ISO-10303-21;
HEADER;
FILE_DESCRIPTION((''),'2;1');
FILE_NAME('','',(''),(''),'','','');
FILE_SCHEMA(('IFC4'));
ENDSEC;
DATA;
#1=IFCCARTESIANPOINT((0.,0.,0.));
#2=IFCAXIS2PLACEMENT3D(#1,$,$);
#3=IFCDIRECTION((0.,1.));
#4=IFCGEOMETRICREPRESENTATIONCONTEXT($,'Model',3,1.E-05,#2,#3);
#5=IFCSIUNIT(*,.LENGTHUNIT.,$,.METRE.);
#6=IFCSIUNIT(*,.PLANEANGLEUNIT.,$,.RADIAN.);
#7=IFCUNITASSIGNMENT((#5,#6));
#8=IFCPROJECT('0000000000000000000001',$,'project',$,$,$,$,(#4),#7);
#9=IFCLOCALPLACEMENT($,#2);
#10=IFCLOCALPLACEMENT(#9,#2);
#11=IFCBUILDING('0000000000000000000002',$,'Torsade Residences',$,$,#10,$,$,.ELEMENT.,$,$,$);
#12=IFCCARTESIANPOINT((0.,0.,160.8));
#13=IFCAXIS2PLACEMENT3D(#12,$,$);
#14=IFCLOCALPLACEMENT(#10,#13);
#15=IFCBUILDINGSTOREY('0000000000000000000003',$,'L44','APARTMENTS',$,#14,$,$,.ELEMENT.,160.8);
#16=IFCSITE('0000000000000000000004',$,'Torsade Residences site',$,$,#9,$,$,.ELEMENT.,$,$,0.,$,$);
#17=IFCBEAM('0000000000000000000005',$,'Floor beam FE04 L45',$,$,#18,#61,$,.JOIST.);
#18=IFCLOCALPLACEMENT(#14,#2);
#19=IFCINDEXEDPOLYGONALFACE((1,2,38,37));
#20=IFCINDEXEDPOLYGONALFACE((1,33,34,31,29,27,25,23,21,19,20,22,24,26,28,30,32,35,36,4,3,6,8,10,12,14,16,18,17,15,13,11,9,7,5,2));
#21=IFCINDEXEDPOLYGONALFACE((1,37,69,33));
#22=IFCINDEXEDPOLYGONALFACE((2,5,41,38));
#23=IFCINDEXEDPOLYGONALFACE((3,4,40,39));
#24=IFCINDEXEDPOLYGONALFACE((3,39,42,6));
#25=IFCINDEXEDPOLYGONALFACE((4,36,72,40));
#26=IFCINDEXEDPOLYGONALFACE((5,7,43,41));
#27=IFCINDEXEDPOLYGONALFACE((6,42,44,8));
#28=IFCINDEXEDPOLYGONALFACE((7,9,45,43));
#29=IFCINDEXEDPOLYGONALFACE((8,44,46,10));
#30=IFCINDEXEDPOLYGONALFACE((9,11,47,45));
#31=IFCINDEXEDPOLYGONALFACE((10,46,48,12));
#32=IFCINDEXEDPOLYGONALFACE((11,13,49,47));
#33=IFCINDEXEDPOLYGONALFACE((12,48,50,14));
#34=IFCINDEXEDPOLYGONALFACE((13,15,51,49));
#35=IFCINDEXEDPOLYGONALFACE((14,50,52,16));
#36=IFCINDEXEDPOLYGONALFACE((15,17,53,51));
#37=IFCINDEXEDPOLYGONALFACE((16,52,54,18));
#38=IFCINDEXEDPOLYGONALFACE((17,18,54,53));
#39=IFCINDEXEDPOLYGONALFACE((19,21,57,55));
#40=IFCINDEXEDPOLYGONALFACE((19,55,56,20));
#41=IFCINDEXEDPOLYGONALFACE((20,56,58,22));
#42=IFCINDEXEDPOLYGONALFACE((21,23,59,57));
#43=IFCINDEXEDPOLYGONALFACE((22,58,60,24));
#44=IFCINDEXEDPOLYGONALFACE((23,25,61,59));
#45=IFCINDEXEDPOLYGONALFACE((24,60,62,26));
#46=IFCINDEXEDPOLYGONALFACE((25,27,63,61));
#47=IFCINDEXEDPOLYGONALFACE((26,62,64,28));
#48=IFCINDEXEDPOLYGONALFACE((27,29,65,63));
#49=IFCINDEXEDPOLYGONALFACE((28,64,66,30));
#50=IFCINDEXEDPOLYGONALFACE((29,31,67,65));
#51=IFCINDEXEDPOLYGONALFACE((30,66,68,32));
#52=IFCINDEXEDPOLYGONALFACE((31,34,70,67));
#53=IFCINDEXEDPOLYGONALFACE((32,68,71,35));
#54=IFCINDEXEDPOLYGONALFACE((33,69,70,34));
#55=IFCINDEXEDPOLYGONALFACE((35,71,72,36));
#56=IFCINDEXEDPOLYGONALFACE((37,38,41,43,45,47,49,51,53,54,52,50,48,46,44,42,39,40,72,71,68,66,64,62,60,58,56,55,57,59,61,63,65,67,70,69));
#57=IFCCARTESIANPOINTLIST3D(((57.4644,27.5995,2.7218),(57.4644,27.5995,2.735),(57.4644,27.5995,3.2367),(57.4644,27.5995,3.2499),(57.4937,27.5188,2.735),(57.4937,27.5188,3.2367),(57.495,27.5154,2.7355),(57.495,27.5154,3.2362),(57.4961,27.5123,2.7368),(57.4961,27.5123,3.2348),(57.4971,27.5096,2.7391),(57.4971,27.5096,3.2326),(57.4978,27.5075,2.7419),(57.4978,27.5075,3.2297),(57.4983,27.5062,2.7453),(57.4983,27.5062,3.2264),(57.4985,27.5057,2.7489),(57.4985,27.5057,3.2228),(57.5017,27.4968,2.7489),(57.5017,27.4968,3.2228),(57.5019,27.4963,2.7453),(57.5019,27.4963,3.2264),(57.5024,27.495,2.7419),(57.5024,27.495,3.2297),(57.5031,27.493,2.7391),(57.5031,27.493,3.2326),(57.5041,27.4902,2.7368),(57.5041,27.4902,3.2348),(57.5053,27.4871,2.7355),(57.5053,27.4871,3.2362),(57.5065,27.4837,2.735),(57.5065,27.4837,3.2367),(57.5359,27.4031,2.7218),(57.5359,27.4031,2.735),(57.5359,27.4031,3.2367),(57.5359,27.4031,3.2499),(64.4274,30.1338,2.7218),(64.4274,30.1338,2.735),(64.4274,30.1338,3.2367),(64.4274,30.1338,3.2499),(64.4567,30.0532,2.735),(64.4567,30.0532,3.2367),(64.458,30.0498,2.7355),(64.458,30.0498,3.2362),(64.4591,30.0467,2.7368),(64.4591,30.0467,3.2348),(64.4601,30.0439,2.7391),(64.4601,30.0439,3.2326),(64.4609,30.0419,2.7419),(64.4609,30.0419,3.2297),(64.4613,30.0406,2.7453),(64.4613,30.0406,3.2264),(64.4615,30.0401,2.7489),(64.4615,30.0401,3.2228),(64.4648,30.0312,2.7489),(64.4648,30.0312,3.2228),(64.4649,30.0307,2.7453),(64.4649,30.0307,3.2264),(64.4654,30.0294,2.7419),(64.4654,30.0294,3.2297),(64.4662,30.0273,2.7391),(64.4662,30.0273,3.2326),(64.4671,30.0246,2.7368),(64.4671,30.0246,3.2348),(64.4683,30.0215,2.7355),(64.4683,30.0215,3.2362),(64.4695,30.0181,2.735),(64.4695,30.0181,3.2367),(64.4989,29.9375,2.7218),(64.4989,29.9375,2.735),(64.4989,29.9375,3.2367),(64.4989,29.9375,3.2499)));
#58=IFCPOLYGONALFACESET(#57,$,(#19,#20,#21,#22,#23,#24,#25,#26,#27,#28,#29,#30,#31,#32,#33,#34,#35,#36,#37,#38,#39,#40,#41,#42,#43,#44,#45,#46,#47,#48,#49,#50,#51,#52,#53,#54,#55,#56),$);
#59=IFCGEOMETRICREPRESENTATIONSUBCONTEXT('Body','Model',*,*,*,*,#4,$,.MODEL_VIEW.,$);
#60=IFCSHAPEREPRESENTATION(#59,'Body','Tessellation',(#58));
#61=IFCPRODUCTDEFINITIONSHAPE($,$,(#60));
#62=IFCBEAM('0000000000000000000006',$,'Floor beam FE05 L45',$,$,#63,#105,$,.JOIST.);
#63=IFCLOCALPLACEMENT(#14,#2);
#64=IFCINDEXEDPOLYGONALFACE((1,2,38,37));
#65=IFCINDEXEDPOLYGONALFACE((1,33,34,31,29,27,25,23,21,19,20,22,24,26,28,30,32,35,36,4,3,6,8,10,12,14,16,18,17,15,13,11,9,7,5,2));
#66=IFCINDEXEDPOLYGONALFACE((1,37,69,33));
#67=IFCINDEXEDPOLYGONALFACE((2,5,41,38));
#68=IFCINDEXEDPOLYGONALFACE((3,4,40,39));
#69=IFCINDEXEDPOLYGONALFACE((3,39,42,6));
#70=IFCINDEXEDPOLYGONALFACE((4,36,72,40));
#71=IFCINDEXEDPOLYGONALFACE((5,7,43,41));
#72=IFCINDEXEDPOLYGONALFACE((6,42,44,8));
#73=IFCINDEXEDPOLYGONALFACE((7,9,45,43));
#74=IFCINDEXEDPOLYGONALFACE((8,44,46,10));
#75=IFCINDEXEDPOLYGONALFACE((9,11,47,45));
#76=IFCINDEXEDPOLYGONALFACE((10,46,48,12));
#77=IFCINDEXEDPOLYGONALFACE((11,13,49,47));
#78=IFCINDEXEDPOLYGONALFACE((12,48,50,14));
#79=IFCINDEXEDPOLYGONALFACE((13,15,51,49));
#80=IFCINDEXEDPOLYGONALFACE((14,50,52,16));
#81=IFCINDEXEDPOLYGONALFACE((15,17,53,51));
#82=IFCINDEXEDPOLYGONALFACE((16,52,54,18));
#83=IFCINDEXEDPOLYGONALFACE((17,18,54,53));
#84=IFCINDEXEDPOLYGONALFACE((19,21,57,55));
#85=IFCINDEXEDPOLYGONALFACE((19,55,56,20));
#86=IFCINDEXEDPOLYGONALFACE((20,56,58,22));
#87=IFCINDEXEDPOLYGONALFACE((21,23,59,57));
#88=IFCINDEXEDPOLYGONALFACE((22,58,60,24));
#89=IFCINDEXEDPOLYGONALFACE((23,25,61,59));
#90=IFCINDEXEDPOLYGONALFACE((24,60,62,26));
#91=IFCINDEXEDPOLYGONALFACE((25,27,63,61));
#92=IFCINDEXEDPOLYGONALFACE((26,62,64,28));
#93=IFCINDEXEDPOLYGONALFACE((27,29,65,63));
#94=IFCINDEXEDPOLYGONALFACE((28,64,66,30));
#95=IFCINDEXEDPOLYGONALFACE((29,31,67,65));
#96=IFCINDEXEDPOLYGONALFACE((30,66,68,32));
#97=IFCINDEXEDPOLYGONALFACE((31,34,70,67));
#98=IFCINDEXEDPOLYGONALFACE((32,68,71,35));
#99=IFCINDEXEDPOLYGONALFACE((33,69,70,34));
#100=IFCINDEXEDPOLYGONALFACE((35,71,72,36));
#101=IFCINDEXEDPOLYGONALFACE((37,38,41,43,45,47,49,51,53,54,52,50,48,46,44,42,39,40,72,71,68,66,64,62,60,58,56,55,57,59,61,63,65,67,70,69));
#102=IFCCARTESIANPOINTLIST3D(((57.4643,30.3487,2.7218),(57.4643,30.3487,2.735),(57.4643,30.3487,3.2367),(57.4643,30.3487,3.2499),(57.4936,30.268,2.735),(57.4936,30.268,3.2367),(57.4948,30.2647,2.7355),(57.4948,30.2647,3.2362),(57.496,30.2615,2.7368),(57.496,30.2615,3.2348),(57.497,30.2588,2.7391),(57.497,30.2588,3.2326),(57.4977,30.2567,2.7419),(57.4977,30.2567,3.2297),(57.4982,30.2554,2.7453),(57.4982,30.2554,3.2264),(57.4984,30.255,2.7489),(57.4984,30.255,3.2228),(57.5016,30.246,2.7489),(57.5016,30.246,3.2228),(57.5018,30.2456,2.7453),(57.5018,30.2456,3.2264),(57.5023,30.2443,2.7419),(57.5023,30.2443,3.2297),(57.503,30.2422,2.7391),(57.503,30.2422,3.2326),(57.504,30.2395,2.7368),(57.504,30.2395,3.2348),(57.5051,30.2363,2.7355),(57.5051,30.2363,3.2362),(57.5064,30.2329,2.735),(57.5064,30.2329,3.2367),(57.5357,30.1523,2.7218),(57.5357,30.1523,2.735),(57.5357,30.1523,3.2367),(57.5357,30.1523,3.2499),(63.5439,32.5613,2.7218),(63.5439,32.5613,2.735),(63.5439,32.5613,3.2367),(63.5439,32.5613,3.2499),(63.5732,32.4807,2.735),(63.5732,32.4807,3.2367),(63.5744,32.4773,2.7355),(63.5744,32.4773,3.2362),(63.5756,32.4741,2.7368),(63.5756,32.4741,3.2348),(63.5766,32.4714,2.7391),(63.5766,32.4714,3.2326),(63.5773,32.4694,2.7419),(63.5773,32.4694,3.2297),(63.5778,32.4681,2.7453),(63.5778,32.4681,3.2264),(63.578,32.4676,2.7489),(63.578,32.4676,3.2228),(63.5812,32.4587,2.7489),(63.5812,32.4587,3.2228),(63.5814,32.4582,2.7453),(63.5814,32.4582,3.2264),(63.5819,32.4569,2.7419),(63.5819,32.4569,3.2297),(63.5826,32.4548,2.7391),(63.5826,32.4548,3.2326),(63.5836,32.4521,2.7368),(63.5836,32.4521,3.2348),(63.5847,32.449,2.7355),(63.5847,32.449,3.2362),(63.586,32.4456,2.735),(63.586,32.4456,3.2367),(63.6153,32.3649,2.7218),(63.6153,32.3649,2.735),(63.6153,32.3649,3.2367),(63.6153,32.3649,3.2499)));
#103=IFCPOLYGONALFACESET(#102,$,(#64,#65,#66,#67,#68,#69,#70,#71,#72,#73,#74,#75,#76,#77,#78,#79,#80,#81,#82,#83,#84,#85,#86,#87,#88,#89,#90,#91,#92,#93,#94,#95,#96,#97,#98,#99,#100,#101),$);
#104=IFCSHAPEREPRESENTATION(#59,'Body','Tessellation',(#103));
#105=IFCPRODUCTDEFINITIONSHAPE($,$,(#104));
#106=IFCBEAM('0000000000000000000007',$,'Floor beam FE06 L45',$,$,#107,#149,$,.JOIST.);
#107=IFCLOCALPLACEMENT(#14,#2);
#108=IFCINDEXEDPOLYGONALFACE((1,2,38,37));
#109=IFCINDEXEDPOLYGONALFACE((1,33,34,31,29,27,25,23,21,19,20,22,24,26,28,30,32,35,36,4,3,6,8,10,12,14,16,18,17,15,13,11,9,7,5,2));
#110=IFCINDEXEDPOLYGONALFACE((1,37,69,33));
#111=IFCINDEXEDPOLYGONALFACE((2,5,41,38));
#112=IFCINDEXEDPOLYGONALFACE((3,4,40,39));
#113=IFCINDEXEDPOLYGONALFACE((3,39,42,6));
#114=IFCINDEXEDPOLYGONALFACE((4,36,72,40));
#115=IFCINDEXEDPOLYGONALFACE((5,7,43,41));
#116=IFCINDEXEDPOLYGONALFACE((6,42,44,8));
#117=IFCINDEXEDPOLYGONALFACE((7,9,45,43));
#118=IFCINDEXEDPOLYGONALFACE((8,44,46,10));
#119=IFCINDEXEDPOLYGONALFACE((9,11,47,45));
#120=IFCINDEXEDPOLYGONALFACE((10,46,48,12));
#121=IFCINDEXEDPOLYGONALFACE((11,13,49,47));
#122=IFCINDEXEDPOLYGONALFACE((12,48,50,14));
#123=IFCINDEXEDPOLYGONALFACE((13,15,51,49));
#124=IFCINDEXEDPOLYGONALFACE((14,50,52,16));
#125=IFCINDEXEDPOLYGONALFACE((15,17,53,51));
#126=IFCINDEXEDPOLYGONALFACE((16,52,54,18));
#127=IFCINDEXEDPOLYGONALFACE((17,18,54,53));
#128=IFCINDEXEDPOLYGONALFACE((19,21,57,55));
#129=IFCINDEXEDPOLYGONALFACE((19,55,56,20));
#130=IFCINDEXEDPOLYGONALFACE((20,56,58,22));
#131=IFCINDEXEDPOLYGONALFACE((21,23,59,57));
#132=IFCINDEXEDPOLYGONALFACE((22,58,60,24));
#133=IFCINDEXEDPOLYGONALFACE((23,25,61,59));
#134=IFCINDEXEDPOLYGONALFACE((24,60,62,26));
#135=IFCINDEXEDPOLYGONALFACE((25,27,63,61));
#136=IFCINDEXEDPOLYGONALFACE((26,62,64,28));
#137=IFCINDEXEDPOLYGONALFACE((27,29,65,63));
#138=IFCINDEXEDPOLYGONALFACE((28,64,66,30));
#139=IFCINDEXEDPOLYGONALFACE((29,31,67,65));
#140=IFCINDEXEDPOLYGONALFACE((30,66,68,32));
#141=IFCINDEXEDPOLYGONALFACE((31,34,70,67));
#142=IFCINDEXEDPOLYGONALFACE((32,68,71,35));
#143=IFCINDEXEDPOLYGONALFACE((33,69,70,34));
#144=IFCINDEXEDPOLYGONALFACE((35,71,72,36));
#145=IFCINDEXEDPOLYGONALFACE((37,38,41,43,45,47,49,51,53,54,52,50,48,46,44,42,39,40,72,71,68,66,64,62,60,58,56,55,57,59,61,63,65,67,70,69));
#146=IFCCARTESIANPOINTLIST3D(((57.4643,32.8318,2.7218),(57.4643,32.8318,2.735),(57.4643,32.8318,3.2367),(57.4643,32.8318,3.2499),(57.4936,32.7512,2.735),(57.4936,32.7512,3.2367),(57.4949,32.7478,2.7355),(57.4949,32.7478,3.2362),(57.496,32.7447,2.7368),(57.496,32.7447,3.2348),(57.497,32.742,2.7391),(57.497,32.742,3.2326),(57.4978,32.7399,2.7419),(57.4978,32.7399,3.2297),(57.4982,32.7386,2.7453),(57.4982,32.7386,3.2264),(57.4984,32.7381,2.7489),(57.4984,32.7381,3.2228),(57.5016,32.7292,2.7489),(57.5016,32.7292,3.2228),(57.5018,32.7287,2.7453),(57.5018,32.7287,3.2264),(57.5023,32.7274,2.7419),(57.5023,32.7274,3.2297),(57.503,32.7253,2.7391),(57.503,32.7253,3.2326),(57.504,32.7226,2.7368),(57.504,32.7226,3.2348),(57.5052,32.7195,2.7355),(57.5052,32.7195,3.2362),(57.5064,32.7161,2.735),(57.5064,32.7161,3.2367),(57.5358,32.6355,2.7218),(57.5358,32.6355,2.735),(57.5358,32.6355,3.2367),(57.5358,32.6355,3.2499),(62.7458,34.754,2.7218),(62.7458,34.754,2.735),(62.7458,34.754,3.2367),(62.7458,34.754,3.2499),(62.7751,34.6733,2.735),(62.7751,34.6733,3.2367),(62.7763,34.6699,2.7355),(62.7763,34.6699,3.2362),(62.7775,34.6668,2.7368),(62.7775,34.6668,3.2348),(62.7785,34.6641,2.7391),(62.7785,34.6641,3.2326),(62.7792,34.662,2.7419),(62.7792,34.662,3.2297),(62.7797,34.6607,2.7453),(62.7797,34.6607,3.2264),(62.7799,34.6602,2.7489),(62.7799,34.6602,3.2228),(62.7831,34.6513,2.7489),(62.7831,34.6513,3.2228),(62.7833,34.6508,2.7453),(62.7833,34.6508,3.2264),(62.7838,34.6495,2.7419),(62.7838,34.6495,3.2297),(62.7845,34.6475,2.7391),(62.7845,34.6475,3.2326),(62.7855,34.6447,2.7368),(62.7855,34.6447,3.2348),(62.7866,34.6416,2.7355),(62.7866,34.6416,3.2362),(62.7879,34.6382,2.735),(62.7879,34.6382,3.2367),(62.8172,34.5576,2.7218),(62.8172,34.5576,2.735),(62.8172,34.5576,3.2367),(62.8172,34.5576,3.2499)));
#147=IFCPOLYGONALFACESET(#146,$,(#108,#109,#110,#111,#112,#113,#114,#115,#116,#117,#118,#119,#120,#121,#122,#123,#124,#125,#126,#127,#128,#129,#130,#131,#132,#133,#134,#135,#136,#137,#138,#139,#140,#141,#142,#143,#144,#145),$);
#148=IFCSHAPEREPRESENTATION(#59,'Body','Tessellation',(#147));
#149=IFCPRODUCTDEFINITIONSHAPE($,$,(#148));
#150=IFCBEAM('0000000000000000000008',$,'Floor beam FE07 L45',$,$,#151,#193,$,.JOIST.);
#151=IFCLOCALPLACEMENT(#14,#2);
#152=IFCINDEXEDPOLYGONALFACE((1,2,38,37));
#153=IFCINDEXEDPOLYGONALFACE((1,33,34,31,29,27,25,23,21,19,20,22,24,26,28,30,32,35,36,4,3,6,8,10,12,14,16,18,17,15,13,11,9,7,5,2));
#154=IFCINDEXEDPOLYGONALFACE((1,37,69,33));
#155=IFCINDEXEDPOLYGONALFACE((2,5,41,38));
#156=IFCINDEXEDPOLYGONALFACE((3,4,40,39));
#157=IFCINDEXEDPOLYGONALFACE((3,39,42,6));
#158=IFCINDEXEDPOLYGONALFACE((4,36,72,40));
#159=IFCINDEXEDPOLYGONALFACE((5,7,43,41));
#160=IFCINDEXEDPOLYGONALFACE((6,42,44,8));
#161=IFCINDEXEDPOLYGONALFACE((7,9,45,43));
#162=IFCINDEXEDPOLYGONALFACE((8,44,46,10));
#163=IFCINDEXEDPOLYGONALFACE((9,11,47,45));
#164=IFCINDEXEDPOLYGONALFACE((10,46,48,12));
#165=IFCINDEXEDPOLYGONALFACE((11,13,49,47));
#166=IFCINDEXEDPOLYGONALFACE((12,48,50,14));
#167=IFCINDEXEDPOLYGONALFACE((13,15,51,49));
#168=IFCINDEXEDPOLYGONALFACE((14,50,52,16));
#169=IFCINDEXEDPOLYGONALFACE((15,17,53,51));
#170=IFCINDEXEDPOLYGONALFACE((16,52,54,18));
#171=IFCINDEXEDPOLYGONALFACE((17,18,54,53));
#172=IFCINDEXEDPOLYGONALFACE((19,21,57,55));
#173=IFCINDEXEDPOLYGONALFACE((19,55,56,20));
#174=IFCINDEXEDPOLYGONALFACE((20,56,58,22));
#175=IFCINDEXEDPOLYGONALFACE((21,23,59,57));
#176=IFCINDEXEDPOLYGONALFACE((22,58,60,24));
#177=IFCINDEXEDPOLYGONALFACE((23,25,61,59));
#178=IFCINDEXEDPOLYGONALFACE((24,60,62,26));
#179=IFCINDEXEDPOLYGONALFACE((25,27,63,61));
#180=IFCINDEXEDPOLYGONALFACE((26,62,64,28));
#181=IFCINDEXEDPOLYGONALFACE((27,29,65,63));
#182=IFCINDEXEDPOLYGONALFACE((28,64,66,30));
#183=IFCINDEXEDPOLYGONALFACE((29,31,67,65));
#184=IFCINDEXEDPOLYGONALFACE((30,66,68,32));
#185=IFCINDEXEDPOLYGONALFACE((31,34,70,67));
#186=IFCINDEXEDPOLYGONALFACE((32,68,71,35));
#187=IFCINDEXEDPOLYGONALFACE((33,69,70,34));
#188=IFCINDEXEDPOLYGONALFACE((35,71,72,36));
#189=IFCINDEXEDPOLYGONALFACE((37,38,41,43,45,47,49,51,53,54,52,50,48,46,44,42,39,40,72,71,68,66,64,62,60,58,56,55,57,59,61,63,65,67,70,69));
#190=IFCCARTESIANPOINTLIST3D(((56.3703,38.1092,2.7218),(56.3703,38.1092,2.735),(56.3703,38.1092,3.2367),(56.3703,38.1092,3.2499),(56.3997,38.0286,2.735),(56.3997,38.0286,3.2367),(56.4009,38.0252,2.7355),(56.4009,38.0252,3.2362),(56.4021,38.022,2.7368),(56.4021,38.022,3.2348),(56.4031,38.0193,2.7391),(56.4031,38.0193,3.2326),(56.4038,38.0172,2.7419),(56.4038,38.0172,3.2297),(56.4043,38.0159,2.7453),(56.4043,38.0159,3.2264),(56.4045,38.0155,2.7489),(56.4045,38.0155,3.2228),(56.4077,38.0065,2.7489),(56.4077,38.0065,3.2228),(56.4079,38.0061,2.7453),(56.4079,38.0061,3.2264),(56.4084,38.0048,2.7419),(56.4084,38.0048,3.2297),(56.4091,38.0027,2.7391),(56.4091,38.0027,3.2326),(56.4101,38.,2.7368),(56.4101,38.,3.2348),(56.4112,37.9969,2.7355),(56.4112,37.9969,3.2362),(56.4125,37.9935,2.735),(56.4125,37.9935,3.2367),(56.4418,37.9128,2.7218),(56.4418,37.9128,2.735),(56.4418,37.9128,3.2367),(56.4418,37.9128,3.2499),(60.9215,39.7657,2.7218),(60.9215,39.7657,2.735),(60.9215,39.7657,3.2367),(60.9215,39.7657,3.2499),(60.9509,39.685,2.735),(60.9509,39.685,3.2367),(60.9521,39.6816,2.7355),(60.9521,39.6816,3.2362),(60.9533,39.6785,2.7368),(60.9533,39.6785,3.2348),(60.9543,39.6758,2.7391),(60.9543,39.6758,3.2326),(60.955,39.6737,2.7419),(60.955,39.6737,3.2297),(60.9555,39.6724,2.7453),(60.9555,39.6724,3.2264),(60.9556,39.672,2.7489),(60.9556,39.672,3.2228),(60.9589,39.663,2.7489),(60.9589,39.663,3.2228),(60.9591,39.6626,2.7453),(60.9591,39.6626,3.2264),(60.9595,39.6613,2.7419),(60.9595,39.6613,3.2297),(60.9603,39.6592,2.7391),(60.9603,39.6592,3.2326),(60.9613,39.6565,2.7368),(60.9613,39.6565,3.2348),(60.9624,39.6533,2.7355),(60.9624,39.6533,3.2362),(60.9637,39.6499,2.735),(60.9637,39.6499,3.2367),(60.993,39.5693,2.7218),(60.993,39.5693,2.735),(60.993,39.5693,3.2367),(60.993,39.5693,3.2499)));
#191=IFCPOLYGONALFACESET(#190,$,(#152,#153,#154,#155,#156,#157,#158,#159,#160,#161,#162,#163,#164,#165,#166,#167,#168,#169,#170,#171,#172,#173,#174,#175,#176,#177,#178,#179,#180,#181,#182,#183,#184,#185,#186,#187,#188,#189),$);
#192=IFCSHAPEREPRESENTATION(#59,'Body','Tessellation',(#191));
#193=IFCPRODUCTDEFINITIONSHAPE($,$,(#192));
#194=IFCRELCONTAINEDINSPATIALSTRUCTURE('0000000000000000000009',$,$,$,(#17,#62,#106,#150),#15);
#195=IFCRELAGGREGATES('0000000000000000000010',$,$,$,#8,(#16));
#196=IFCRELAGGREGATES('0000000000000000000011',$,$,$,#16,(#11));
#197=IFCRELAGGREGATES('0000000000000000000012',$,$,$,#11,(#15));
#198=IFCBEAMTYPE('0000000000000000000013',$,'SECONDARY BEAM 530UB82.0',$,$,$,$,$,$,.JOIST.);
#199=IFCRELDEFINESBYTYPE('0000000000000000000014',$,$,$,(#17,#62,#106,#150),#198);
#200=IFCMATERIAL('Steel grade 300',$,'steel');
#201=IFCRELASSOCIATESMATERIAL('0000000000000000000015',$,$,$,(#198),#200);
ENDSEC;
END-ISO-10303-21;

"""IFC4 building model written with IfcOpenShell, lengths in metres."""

from ifc_helpers import new_model, si_unit, direction, frame, origin, origin_2d, place, context, subcontext, project, spatial, i_section, extrude, material, material_profile, profile_set, type_object, element, save


model = new_model("IFC4")

# Units and contexts
model_context = context("Model", 3, precision=1e-05, world=origin(), true_north=direction((0.0, 1.0)))
body_context = subcontext(model_context, "Body", "Model", "MODEL_VIEW")
ifc_project = project(units=[si_unit("LENGTHUNIT", "METRE"), si_unit("PLANEANGLEUNIT", "RADIAN")], contexts=[model_context])

# Site, building, storey
site_placement = place(None, origin())
site = spatial("IfcSite", under=ifc_project, at=site_placement, Name="Torsade Residences site", CompositionType="ELEMENT", RefElevation=0.0)
building_placement = place(site_placement, origin())
building = spatial("IfcBuilding", under=site, at=building_placement, Name="Torsade Residences", CompositionType="ELEMENT")
storey_placement = place(building_placement, frame((0.0, 0.0, 160.8)))
storey = spatial("IfcBuildingStorey", under=building, at=storey_placement, Name="L44", Description="APARTMENTS", CompositionType="ELEMENT", Elevation=160.8)

# Beams
ifc_material_1 = material(Name="Steel grade 300", Category="steel")
ifc_material_profile_1 = material_profile(ifc_material_1, i_section(OverallWidth=0.209, OverallDepth=0.5281, WebThickness=0.0095, FlangeThickness=0.0132, FilletRadius=0.0139, at=origin_2d()), Name="530UB82.0")
ifc_profile_set_1 = profile_set([ifc_material_profile_1], Name="Steel grade 300")
beam_type_1 = type_object("IfcBeamType", Name="SECONDARY BEAM 530UB82.0", PredefinedType="JOIST", material=ifc_profile_set_1)
beam_1_placement = place(storey_placement, frame((64.4631, 30.0356, 2.9858), z_axis=(-0.93969, -0.342026, 0.0), x_axis=(0.342026, -0.93969, 0.0)))
element("IfcBeam", 1, at=beam_1_placement, inside=storey, type_object=beam_type_1, Name="Floor beam FE04 L45", PredefinedType="JOIST", context=body_context, shape_type="SweptSolid", body=[
    extrude(i_section(OverallWidth=0.209, OverallDepth=0.5281, WebThickness=0.0095, FlangeThickness=0.0132, FilletRadius=0.0139, at=origin_2d()), origin(), (0.0, 0.0, 1.0), 7.4099),
])
beam_2_placement = place(storey_placement, frame((63.5796, 32.4631, 2.9858), z_axis=(-0.9397, -0.342001, 0.0), x_axis=(0.342001, -0.9397, 0.0)))
element("IfcBeam", 2, at=beam_2_placement, inside=storey, type_object=beam_type_1, Name="Floor beam FE05 L45", PredefinedType="JOIST", context=body_context, shape_type="SweptSolid", body=[
    extrude(i_section(OverallWidth=0.209, OverallDepth=0.5281, WebThickness=0.0095, FlangeThickness=0.0132, FilletRadius=0.0139, at=origin_2d()), origin(), (0.0, 0.0, 1.0), 6.4697),
])
beam_3_placement = place(storey_placement, frame((62.7815, 34.6558, 2.9858), z_axis=(-0.939703, -0.341991, 0.0), x_axis=(0.341991, -0.939703, 0.0)))
element("IfcBeam", 3, at=beam_3_placement, inside=storey, type_object=beam_type_1, Name="Floor beam FE06 L45", PredefinedType="JOIST", context=body_context, shape_type="SweptSolid", body=[
    extrude(i_section(OverallWidth=0.209, OverallDepth=0.5281, WebThickness=0.0095, FlangeThickness=0.0132, FilletRadius=0.0139, at=origin_2d()), origin(), (0.0, 0.0, 1.0), 5.6204),
])
beam_4_placement = place(storey_placement, frame((60.9573, 39.6675, 2.9858), z_axis=(-0.939695, -0.342014, 0.0), x_axis=(0.342014, -0.939695, 0.0)))
element("IfcBeam", 4, at=beam_4_placement, inside=storey, type_object=beam_type_1, Name="Floor beam FE07 L45", PredefinedType="JOIST", context=body_context, shape_type="SweptSolid", body=[
    extrude(i_section(OverallWidth=0.209, OverallDepth=0.5281, WebThickness=0.0095, FlangeThickness=0.0132, FilletRadius=0.0139, at=origin_2d()), origin(), (0.0, 0.0, 1.0), 4.8433),
])

save(model, "model.ifc")
